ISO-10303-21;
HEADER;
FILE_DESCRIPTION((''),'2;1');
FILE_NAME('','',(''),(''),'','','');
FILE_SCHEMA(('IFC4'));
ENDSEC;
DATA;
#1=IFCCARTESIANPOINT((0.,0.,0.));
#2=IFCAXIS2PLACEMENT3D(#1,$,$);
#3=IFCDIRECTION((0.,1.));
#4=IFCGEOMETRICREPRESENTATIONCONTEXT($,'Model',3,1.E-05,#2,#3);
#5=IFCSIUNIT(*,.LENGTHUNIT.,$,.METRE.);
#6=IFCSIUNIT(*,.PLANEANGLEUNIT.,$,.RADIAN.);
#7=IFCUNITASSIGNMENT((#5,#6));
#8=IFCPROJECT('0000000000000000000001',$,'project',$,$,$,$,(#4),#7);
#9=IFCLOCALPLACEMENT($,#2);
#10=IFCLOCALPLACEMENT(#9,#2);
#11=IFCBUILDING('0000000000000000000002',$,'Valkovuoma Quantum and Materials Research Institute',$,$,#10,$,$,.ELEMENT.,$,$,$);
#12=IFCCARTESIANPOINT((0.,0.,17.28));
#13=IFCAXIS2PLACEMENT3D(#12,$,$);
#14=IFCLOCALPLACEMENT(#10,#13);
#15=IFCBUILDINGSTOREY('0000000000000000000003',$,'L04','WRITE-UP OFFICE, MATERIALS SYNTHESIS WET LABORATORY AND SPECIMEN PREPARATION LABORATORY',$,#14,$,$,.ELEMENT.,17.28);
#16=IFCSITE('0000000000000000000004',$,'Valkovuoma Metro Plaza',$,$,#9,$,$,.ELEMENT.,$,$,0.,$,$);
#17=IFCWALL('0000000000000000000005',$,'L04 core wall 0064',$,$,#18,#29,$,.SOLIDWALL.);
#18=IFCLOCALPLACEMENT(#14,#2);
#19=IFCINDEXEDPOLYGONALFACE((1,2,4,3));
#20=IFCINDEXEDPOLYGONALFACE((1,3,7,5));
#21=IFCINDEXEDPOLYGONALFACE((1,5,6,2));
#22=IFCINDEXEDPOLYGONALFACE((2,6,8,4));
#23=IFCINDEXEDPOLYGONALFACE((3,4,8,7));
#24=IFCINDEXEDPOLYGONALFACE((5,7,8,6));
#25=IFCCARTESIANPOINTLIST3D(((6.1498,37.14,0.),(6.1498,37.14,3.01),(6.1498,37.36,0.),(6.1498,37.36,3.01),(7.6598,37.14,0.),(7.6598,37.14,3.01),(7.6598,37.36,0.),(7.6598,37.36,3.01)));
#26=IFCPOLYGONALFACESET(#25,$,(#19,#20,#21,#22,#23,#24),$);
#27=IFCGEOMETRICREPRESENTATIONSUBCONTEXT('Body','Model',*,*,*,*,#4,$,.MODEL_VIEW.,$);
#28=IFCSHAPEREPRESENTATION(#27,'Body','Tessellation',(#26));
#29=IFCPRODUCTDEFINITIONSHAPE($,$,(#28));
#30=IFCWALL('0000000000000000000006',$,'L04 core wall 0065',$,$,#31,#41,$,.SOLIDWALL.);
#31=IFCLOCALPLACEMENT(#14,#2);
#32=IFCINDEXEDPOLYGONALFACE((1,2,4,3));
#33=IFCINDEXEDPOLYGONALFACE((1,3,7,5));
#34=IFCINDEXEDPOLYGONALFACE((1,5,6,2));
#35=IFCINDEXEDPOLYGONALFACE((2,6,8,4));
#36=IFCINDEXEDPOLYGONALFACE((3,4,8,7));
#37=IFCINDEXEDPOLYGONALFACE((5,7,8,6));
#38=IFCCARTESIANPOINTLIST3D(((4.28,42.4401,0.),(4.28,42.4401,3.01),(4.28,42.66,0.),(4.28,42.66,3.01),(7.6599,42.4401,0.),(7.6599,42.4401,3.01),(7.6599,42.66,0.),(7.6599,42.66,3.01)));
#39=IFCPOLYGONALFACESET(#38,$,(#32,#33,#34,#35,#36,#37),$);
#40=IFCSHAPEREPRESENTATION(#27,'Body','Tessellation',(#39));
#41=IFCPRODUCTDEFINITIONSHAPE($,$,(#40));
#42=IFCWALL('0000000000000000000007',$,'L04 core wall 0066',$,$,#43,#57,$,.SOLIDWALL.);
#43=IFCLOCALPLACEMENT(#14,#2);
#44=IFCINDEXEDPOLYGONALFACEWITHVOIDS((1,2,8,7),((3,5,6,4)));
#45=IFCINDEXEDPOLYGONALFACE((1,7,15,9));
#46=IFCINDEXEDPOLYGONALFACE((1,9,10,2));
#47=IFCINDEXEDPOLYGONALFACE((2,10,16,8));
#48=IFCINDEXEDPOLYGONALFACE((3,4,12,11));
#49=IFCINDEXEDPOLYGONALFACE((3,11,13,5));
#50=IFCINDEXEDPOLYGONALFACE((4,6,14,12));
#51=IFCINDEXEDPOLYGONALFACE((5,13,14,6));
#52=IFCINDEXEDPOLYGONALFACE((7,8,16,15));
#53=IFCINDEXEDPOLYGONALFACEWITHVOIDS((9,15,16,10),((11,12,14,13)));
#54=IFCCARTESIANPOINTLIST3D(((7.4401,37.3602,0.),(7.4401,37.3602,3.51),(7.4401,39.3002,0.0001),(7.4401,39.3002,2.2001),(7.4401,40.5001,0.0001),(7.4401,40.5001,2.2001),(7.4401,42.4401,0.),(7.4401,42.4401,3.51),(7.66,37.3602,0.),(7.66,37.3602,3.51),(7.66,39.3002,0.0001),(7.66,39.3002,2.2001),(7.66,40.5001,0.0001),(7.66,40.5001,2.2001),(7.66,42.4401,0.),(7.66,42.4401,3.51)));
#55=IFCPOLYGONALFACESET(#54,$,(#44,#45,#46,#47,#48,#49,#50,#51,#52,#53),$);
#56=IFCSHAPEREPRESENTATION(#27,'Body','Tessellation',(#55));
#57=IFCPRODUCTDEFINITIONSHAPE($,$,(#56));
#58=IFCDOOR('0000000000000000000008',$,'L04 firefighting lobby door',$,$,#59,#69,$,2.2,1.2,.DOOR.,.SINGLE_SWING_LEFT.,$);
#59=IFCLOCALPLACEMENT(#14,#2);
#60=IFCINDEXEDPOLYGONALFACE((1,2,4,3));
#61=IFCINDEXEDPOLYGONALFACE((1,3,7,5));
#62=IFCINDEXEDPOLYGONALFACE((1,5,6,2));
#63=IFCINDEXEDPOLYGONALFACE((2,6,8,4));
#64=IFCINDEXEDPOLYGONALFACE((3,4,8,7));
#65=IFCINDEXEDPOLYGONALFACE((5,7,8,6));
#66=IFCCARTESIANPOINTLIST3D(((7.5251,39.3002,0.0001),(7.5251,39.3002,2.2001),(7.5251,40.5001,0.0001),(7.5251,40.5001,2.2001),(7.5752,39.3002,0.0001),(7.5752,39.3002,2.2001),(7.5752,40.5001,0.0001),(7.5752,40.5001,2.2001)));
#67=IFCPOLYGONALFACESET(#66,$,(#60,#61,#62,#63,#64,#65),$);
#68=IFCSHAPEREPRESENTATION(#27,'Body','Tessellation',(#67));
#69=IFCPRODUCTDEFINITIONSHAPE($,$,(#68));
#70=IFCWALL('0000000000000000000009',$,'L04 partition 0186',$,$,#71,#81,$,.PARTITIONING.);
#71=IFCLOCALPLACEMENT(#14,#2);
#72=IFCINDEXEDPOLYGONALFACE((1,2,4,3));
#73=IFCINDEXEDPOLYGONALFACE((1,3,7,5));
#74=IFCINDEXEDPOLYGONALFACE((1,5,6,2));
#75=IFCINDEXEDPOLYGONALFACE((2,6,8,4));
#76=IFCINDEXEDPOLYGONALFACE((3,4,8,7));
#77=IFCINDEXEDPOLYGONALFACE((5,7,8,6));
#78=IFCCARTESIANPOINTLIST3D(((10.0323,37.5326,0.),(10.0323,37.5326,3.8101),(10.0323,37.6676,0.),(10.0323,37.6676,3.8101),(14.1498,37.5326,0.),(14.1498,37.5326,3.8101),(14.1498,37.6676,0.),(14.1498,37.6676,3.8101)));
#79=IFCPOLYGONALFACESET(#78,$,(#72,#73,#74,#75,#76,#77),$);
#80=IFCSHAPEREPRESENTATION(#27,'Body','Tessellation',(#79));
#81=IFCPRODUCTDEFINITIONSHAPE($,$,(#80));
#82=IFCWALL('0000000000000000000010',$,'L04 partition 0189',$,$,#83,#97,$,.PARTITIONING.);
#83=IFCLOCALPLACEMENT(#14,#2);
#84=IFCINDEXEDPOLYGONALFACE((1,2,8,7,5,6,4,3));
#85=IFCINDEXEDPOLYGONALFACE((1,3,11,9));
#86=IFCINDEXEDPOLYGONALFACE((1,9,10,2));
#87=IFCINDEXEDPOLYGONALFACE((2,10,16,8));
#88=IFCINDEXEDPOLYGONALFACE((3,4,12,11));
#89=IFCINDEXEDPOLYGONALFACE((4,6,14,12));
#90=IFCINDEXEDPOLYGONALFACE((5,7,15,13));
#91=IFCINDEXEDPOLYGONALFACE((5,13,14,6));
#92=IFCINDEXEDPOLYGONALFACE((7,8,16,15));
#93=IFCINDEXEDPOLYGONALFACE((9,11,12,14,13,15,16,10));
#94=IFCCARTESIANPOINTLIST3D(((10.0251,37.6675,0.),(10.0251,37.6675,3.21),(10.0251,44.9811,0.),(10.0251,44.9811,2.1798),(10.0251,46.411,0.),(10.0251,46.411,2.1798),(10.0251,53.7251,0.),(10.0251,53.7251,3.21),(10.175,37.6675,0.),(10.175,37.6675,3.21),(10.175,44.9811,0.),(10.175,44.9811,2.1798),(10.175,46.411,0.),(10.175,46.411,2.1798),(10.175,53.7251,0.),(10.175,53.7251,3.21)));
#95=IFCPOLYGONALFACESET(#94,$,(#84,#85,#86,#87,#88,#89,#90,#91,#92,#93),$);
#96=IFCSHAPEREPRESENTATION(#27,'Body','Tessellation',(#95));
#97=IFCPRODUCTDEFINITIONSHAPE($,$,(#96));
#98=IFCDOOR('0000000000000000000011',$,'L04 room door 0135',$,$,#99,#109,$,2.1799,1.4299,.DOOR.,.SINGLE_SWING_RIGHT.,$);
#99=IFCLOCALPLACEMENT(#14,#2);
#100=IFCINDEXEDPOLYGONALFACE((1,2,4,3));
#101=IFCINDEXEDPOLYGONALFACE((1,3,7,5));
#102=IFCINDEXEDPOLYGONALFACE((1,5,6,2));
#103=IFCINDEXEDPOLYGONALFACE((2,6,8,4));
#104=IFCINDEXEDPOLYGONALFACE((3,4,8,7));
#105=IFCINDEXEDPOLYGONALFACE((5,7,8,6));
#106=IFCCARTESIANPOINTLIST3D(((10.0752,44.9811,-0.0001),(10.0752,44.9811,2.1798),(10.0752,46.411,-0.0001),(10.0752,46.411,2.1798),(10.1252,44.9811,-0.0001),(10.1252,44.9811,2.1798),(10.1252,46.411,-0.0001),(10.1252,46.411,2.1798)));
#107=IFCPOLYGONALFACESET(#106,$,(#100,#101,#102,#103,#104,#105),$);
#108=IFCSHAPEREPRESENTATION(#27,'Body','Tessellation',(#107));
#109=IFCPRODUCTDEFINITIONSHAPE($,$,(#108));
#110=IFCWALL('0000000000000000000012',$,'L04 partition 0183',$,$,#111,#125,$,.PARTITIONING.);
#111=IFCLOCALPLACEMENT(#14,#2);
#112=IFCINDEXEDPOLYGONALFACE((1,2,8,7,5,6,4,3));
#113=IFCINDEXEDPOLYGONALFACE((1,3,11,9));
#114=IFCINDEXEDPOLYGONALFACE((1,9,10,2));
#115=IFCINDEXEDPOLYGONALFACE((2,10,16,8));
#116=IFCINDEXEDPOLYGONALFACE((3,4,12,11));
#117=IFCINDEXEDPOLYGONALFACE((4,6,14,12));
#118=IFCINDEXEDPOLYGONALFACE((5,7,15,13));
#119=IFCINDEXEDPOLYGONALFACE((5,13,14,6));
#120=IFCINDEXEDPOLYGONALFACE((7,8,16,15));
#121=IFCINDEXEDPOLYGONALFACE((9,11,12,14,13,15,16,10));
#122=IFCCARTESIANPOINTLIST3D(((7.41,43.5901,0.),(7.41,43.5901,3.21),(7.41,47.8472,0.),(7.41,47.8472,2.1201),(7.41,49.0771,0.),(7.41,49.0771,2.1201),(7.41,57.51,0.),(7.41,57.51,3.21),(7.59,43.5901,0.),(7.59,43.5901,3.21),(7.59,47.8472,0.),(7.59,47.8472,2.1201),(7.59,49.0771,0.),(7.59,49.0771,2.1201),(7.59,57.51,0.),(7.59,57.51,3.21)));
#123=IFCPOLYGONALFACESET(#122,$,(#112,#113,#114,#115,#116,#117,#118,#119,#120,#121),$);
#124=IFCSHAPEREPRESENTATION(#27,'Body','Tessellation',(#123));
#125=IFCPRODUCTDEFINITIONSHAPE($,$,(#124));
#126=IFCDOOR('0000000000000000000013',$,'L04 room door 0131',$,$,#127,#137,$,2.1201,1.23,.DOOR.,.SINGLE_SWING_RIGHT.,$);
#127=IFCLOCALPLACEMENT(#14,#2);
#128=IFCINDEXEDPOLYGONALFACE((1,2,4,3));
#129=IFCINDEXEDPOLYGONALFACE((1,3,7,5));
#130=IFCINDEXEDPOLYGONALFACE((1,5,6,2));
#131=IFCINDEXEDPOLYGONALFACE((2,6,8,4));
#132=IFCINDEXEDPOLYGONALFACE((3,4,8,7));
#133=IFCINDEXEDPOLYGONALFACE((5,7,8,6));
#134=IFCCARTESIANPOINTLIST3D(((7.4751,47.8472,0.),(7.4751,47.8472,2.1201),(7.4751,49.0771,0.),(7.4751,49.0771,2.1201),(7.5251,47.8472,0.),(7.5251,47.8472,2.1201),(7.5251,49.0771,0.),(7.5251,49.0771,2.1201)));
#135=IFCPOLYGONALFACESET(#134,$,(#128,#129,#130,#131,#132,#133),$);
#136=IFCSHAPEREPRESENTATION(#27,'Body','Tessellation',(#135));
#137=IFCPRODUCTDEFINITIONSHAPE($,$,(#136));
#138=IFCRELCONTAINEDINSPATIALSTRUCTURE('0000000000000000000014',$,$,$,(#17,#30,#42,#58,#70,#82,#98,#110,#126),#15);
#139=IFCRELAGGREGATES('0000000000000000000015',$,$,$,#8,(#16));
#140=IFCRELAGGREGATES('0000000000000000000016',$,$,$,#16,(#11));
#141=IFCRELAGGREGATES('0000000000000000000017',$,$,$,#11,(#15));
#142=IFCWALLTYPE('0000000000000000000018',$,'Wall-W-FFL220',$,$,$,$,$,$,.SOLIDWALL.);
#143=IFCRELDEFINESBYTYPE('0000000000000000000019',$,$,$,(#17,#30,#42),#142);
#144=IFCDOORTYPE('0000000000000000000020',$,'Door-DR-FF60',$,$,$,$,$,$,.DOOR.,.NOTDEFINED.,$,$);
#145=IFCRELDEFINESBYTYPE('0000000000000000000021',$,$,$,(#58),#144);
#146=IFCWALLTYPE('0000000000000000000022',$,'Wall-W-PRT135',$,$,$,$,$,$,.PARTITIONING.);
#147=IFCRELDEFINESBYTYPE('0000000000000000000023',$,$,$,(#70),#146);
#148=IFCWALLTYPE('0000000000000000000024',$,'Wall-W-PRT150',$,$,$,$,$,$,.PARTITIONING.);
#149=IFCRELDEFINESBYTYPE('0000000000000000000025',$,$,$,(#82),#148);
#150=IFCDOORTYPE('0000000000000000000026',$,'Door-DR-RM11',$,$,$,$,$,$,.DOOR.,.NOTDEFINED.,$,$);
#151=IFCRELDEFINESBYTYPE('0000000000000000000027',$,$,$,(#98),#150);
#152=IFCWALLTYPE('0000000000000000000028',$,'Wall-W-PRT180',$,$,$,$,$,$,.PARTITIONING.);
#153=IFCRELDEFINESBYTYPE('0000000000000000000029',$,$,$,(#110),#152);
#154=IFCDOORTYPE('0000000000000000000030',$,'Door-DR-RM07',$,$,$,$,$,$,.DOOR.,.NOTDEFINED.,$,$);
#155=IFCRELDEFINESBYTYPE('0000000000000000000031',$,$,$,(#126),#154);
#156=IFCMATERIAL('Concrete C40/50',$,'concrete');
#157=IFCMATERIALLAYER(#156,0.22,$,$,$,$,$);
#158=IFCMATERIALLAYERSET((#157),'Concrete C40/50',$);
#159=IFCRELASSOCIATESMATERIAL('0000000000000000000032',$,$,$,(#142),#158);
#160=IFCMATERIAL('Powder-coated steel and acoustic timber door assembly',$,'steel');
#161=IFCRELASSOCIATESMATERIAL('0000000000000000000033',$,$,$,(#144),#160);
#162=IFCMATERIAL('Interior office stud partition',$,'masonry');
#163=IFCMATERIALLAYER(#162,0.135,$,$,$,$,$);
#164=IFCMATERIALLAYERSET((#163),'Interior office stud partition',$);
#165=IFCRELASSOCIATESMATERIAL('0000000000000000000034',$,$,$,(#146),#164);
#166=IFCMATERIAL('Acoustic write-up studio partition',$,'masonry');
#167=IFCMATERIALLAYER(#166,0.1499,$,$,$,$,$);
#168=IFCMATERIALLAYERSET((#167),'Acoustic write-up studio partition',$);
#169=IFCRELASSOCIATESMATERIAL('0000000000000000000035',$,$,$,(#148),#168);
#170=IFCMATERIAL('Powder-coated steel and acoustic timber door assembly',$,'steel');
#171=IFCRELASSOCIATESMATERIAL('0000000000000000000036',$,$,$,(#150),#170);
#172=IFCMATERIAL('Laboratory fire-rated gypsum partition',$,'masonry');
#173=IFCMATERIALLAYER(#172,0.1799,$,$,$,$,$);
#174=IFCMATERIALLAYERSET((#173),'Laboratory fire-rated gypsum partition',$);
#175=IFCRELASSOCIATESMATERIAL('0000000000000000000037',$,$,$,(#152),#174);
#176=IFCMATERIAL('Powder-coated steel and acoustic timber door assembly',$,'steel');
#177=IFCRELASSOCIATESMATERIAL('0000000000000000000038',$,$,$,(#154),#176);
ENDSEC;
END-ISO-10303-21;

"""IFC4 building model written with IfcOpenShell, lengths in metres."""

from ifc_helpers import new_model, si_unit, direction, frame, frame_2d, origin, place, context, subcontext, project, spatial, rectangle, extrude, material, layer, layer_set, type_object, element, fill, save


model = new_model("IFC4")

# Units and contexts
model_context = context("Model", 3, precision=1e-05, world=origin(), true_north=direction((0.0, 1.0)))
body_context = subcontext(model_context, "Body", "Model", "MODEL_VIEW")
ifc_project = project(units=[si_unit("LENGTHUNIT", "METRE"), si_unit("PLANEANGLEUNIT", "RADIAN")], contexts=[model_context])

# Site, building, storey
site_placement = place(None, origin())
site = spatial("IfcSite", under=ifc_project, at=site_placement, Name="Valkovuoma Metro Plaza", CompositionType="ELEMENT", RefElevation=0.0)
building_placement = place(site_placement, origin())
building = spatial("IfcBuilding", under=site, at=building_placement, Name="Valkovuoma Quantum and Materials Research Institute", CompositionType="ELEMENT")
storey_placement = place(building_placement, frame((0.0, 0.0, 17.28)))
storey = spatial("IfcBuildingStorey", under=building, at=storey_placement, Name="L04", Description="WRITE-UP OFFICE, MATERIALS SYNTHESIS WET LABORATORY AND SPECIMEN PREPARATION LABORATORY", CompositionType="ELEMENT", Elevation=17.28)

# Walls
ifc_material_1 = material(Name="Concrete C40/50", Category="concrete")
ifc_layer_1 = layer(ifc_material_1, 0.22)
ifc_layer_set_1 = layer_set([ifc_layer_1], Name="Concrete C40/50")
wall_type_1 = type_object("IfcWallType", Name="Wall-W-FFL220", PredefinedType="SOLIDWALL", material=ifc_layer_set_1)
wall_1_placement = place(storey_placement, frame((6.1499, 37.25, 0.0), z_axis=(0.0, 0.0, 1.0), x_axis=(1.0, 0.0, 0.0)))
element("IfcWall", 1, at=wall_1_placement, inside=storey, type_object=wall_type_1, Name="L04 core wall 0064", PredefinedType="SOLIDWALL", context=body_context, shape_type="SweptSolid", body=[
    extrude(rectangle(XDim=1.51, YDim=0.22, at=frame_2d((0.7549, 0.0))), origin(), (0.0, 0.0, 1.0), 3.01),
])
wall_2_placement = place(storey_placement, frame((4.28, 42.55, 0.0), z_axis=(0.0, 0.0, 1.0), x_axis=(1.0, 0.0, 0.0)))
element("IfcWall", 2, at=wall_2_placement, inside=storey, type_object=wall_type_1, Name="L04 core wall 0065", PredefinedType="SOLIDWALL", context=body_context, shape_type="SweptSolid", body=[
    extrude(rectangle(XDim=3.3799, YDim=0.22, at=frame_2d((1.6899, 0.0))), origin(), (0.0, 0.0, 1.0), 3.01),
])

# Wall, opening, door
wall_3_placement = place(storey_placement, frame((7.55, 37.3601, 0.0), z_axis=(0.0, 0.0, 1.0), x_axis=(0.0, 1.0, 0.0)))
wall_3 = element("IfcWall", 3, at=wall_3_placement, inside=storey, type_object=wall_type_1, Name="L04 core wall 0066", PredefinedType="SOLIDWALL", context=body_context, shape_type="SweptSolid", body=[
    extrude(rectangle(XDim=5.0798, YDim=0.22, at=frame_2d((2.54, 0.0))), origin(), (0.0, 0.0, 1.0), 3.51),
])
opening_1_placement = place(wall_3_placement, frame((1.9399, 0.0, 0.0)))
opening_1 = element("IfcOpeningElement", 4, at=opening_1_placement, cuts=wall_3, PredefinedType="OPENING", context=body_context, shape_type="SweptSolid", body=[
    extrude(rectangle(XDim=1.2, YDim=2.2, at=frame_2d((0.6001, 1.1001))), frame((0.0, 0.1201, 0.0), z_axis=(0.0, -1.0, 0.0), x_axis=(1.0, 0.0, 0.0)), (0.0, 0.0, 1.0), 0.24),
])
ifc_material_2 = material(Name="Powder-coated steel and acoustic timber door assembly", Category="steel")
door_type_1 = type_object("IfcDoorType", Name="Door-DR-FF60", OperationType="NOTDEFINED", PredefinedType="DOOR", material=ifc_material_2)
door_1_placement = place(opening_1_placement, origin())
door_1 = element("IfcDoor", 5, at=door_1_placement, inside=storey, type_object=door_type_1, Name="L04 firefighting lobby door", OperationType="SINGLE_SWING_LEFT", OverallHeight=2.2, OverallWidth=1.2, PredefinedType="DOOR", context=body_context, shape_type="SweptSolid", body=[
    extrude(rectangle(XDim=1.2, YDim=2.2, at=frame_2d((0.6001, 1.1001))), frame((0.0, 0.0249, 0.0), z_axis=(0.0, -1.0, 0.0), x_axis=(1.0, 0.0, 0.0)), (0.0, 0.0, 1.0), 0.05),
])
fill(opening_1, door_1)

# Wall
ifc_material_3 = material(Name="Interior office stud partition", Category="masonry")
ifc_layer_2 = layer(ifc_material_3, 0.135)
ifc_layer_set_2 = layer_set([ifc_layer_2], Name="Interior office stud partition")
wall_type_2 = type_object("IfcWallType", Name="Wall-W-PRT135", PredefinedType="PARTITIONING", material=ifc_layer_set_2)
wall_4_placement = place(storey_placement, frame((10.0325, 37.6001, 0.0), z_axis=(0.0, 0.0, 1.0), x_axis=(1.0, 0.0, 0.0)))
element("IfcWall", 6, at=wall_4_placement, inside=storey, type_object=wall_type_2, Name="L04 partition 0186", PredefinedType="PARTITIONING", context=body_context, shape_type="SweptSolid", body=[
    extrude(rectangle(XDim=4.1174, YDim=0.135, at=frame_2d((2.0586, 0.0))), origin(), (0.0, 0.0, 1.0), 3.8101),
])

# Walls, openings, doors
ifc_material_4 = material(Name="Acoustic write-up studio partition", Category="masonry")
ifc_layer_3 = layer(ifc_material_4, 0.1499)
ifc_layer_set_3 = layer_set([ifc_layer_3], Name="Acoustic write-up studio partition")
wall_type_3 = type_object("IfcWallType", Name="Wall-W-PRT150", PredefinedType="PARTITIONING", material=ifc_layer_set_3)
wall_5_placement = place(storey_placement, frame((10.1001, 37.6675, 0.0), z_axis=(0.0, 0.0, 1.0), x_axis=(0.0, 1.0, 0.0)))
wall_5 = element("IfcWall", 7, at=wall_5_placement, inside=storey, type_object=wall_type_3, Name="L04 partition 0189", PredefinedType="PARTITIONING", context=body_context, shape_type="SweptSolid", body=[
    extrude(rectangle(XDim=16.0576, YDim=0.1499, at=frame_2d((8.0288, 0.0))), origin(), (0.0, 0.0, 1.0), 3.21),
])
opening_2_placement = place(wall_5_placement, frame((7.3137, 0.0, 0.0)))
opening_2 = element("IfcOpeningElement", 8, at=opening_2_placement, cuts=wall_5, PredefinedType="OPENING", context=body_context, shape_type="SweptSolid", body=[
    extrude(rectangle(XDim=1.4299, YDim=2.1799, at=frame_2d((0.7148, 1.0898))), frame((0.0, 0.085, 0.0), z_axis=(0.0, -1.0, 0.0), x_axis=(1.0, 0.0, 0.0)), (0.0, 0.0, 1.0), 0.1699),
])
ifc_material_5 = material(Name="Powder-coated steel and acoustic timber door assembly", Category="steel")
door_type_2 = type_object("IfcDoorType", Name="Door-DR-RM11", OperationType="NOTDEFINED", PredefinedType="DOOR", material=ifc_material_5)
door_2_placement = place(opening_2_placement, origin())
door_2 = element("IfcDoor", 9, at=door_2_placement, inside=storey, type_object=door_type_2, Name="L04 room door 0135", OperationType="SINGLE_SWING_RIGHT", OverallHeight=2.1799, OverallWidth=1.4299, PredefinedType="DOOR", context=body_context, shape_type="SweptSolid", body=[
    extrude(rectangle(XDim=1.4299, YDim=2.1799, at=frame_2d((0.7148, 1.0898))), frame((0.0, 0.0249, 0.0), z_axis=(0.0, -1.0, 0.0), x_axis=(1.0, 0.0, 0.0)), (0.0, 0.0, 1.0), 0.05),
])
fill(opening_2, door_2)
ifc_material_6 = material(Name="Laboratory fire-rated gypsum partition", Category="masonry")
ifc_layer_4 = layer(ifc_material_6, 0.1799)
ifc_layer_set_4 = layer_set([ifc_layer_4], Name="Laboratory fire-rated gypsum partition")
wall_type_4 = type_object("IfcWallType", Name="Wall-W-PRT180", PredefinedType="PARTITIONING", material=ifc_layer_set_4)
wall_6_placement = place(storey_placement, frame((7.5, 43.5901, 0.0), z_axis=(0.0, 0.0, 1.0), x_axis=(0.0, 1.0, 0.0)))
wall_6 = element("IfcWall", 10, at=wall_6_placement, inside=storey, type_object=wall_type_4, Name="L04 partition 0183", PredefinedType="PARTITIONING", context=body_context, shape_type="SweptSolid", body=[
    extrude(rectangle(XDim=13.9199, YDim=0.1799, at=frame_2d((6.96, 0.0))), origin(), (0.0, 0.0, 1.0), 3.21),
])
opening_3_placement = place(wall_6_placement, frame((4.2571, 0.0, 0.0)))
opening_3 = element("IfcOpeningElement", 11, at=opening_3_placement, cuts=wall_6, PredefinedType="OPENING", context=body_context, shape_type="SweptSolid", body=[
    extrude(rectangle(XDim=1.23, YDim=2.1201, at=frame_2d((0.615, 1.0601))), frame((0.0, 0.1001, 0.0), z_axis=(0.0, -1.0, 0.0), x_axis=(1.0, 0.0, 0.0)), (0.0, 0.0, 1.0), 0.2),
])
ifc_material_7 = material(Name="Powder-coated steel and acoustic timber door assembly", Category="steel")
door_type_3 = type_object("IfcDoorType", Name="Door-DR-RM07", OperationType="NOTDEFINED", PredefinedType="DOOR", material=ifc_material_7)
door_3_placement = place(opening_3_placement, origin())
door_3 = element("IfcDoor", 12, at=door_3_placement, inside=storey, type_object=door_type_3, Name="L04 room door 0131", OperationType="SINGLE_SWING_RIGHT", OverallHeight=2.1201, OverallWidth=1.23, PredefinedType="DOOR", context=body_context, shape_type="SweptSolid", body=[
    extrude(rectangle(XDim=1.23, YDim=2.1201, at=frame_2d((0.615, 1.0601))), frame((0.0, 0.0249, 0.0), z_axis=(0.0, -1.0, 0.0), x_axis=(1.0, 0.0, 0.0)), (0.0, 0.0, 1.0), 0.05),
])
fill(opening_3, door_3)

save(model, "model.ifc")
